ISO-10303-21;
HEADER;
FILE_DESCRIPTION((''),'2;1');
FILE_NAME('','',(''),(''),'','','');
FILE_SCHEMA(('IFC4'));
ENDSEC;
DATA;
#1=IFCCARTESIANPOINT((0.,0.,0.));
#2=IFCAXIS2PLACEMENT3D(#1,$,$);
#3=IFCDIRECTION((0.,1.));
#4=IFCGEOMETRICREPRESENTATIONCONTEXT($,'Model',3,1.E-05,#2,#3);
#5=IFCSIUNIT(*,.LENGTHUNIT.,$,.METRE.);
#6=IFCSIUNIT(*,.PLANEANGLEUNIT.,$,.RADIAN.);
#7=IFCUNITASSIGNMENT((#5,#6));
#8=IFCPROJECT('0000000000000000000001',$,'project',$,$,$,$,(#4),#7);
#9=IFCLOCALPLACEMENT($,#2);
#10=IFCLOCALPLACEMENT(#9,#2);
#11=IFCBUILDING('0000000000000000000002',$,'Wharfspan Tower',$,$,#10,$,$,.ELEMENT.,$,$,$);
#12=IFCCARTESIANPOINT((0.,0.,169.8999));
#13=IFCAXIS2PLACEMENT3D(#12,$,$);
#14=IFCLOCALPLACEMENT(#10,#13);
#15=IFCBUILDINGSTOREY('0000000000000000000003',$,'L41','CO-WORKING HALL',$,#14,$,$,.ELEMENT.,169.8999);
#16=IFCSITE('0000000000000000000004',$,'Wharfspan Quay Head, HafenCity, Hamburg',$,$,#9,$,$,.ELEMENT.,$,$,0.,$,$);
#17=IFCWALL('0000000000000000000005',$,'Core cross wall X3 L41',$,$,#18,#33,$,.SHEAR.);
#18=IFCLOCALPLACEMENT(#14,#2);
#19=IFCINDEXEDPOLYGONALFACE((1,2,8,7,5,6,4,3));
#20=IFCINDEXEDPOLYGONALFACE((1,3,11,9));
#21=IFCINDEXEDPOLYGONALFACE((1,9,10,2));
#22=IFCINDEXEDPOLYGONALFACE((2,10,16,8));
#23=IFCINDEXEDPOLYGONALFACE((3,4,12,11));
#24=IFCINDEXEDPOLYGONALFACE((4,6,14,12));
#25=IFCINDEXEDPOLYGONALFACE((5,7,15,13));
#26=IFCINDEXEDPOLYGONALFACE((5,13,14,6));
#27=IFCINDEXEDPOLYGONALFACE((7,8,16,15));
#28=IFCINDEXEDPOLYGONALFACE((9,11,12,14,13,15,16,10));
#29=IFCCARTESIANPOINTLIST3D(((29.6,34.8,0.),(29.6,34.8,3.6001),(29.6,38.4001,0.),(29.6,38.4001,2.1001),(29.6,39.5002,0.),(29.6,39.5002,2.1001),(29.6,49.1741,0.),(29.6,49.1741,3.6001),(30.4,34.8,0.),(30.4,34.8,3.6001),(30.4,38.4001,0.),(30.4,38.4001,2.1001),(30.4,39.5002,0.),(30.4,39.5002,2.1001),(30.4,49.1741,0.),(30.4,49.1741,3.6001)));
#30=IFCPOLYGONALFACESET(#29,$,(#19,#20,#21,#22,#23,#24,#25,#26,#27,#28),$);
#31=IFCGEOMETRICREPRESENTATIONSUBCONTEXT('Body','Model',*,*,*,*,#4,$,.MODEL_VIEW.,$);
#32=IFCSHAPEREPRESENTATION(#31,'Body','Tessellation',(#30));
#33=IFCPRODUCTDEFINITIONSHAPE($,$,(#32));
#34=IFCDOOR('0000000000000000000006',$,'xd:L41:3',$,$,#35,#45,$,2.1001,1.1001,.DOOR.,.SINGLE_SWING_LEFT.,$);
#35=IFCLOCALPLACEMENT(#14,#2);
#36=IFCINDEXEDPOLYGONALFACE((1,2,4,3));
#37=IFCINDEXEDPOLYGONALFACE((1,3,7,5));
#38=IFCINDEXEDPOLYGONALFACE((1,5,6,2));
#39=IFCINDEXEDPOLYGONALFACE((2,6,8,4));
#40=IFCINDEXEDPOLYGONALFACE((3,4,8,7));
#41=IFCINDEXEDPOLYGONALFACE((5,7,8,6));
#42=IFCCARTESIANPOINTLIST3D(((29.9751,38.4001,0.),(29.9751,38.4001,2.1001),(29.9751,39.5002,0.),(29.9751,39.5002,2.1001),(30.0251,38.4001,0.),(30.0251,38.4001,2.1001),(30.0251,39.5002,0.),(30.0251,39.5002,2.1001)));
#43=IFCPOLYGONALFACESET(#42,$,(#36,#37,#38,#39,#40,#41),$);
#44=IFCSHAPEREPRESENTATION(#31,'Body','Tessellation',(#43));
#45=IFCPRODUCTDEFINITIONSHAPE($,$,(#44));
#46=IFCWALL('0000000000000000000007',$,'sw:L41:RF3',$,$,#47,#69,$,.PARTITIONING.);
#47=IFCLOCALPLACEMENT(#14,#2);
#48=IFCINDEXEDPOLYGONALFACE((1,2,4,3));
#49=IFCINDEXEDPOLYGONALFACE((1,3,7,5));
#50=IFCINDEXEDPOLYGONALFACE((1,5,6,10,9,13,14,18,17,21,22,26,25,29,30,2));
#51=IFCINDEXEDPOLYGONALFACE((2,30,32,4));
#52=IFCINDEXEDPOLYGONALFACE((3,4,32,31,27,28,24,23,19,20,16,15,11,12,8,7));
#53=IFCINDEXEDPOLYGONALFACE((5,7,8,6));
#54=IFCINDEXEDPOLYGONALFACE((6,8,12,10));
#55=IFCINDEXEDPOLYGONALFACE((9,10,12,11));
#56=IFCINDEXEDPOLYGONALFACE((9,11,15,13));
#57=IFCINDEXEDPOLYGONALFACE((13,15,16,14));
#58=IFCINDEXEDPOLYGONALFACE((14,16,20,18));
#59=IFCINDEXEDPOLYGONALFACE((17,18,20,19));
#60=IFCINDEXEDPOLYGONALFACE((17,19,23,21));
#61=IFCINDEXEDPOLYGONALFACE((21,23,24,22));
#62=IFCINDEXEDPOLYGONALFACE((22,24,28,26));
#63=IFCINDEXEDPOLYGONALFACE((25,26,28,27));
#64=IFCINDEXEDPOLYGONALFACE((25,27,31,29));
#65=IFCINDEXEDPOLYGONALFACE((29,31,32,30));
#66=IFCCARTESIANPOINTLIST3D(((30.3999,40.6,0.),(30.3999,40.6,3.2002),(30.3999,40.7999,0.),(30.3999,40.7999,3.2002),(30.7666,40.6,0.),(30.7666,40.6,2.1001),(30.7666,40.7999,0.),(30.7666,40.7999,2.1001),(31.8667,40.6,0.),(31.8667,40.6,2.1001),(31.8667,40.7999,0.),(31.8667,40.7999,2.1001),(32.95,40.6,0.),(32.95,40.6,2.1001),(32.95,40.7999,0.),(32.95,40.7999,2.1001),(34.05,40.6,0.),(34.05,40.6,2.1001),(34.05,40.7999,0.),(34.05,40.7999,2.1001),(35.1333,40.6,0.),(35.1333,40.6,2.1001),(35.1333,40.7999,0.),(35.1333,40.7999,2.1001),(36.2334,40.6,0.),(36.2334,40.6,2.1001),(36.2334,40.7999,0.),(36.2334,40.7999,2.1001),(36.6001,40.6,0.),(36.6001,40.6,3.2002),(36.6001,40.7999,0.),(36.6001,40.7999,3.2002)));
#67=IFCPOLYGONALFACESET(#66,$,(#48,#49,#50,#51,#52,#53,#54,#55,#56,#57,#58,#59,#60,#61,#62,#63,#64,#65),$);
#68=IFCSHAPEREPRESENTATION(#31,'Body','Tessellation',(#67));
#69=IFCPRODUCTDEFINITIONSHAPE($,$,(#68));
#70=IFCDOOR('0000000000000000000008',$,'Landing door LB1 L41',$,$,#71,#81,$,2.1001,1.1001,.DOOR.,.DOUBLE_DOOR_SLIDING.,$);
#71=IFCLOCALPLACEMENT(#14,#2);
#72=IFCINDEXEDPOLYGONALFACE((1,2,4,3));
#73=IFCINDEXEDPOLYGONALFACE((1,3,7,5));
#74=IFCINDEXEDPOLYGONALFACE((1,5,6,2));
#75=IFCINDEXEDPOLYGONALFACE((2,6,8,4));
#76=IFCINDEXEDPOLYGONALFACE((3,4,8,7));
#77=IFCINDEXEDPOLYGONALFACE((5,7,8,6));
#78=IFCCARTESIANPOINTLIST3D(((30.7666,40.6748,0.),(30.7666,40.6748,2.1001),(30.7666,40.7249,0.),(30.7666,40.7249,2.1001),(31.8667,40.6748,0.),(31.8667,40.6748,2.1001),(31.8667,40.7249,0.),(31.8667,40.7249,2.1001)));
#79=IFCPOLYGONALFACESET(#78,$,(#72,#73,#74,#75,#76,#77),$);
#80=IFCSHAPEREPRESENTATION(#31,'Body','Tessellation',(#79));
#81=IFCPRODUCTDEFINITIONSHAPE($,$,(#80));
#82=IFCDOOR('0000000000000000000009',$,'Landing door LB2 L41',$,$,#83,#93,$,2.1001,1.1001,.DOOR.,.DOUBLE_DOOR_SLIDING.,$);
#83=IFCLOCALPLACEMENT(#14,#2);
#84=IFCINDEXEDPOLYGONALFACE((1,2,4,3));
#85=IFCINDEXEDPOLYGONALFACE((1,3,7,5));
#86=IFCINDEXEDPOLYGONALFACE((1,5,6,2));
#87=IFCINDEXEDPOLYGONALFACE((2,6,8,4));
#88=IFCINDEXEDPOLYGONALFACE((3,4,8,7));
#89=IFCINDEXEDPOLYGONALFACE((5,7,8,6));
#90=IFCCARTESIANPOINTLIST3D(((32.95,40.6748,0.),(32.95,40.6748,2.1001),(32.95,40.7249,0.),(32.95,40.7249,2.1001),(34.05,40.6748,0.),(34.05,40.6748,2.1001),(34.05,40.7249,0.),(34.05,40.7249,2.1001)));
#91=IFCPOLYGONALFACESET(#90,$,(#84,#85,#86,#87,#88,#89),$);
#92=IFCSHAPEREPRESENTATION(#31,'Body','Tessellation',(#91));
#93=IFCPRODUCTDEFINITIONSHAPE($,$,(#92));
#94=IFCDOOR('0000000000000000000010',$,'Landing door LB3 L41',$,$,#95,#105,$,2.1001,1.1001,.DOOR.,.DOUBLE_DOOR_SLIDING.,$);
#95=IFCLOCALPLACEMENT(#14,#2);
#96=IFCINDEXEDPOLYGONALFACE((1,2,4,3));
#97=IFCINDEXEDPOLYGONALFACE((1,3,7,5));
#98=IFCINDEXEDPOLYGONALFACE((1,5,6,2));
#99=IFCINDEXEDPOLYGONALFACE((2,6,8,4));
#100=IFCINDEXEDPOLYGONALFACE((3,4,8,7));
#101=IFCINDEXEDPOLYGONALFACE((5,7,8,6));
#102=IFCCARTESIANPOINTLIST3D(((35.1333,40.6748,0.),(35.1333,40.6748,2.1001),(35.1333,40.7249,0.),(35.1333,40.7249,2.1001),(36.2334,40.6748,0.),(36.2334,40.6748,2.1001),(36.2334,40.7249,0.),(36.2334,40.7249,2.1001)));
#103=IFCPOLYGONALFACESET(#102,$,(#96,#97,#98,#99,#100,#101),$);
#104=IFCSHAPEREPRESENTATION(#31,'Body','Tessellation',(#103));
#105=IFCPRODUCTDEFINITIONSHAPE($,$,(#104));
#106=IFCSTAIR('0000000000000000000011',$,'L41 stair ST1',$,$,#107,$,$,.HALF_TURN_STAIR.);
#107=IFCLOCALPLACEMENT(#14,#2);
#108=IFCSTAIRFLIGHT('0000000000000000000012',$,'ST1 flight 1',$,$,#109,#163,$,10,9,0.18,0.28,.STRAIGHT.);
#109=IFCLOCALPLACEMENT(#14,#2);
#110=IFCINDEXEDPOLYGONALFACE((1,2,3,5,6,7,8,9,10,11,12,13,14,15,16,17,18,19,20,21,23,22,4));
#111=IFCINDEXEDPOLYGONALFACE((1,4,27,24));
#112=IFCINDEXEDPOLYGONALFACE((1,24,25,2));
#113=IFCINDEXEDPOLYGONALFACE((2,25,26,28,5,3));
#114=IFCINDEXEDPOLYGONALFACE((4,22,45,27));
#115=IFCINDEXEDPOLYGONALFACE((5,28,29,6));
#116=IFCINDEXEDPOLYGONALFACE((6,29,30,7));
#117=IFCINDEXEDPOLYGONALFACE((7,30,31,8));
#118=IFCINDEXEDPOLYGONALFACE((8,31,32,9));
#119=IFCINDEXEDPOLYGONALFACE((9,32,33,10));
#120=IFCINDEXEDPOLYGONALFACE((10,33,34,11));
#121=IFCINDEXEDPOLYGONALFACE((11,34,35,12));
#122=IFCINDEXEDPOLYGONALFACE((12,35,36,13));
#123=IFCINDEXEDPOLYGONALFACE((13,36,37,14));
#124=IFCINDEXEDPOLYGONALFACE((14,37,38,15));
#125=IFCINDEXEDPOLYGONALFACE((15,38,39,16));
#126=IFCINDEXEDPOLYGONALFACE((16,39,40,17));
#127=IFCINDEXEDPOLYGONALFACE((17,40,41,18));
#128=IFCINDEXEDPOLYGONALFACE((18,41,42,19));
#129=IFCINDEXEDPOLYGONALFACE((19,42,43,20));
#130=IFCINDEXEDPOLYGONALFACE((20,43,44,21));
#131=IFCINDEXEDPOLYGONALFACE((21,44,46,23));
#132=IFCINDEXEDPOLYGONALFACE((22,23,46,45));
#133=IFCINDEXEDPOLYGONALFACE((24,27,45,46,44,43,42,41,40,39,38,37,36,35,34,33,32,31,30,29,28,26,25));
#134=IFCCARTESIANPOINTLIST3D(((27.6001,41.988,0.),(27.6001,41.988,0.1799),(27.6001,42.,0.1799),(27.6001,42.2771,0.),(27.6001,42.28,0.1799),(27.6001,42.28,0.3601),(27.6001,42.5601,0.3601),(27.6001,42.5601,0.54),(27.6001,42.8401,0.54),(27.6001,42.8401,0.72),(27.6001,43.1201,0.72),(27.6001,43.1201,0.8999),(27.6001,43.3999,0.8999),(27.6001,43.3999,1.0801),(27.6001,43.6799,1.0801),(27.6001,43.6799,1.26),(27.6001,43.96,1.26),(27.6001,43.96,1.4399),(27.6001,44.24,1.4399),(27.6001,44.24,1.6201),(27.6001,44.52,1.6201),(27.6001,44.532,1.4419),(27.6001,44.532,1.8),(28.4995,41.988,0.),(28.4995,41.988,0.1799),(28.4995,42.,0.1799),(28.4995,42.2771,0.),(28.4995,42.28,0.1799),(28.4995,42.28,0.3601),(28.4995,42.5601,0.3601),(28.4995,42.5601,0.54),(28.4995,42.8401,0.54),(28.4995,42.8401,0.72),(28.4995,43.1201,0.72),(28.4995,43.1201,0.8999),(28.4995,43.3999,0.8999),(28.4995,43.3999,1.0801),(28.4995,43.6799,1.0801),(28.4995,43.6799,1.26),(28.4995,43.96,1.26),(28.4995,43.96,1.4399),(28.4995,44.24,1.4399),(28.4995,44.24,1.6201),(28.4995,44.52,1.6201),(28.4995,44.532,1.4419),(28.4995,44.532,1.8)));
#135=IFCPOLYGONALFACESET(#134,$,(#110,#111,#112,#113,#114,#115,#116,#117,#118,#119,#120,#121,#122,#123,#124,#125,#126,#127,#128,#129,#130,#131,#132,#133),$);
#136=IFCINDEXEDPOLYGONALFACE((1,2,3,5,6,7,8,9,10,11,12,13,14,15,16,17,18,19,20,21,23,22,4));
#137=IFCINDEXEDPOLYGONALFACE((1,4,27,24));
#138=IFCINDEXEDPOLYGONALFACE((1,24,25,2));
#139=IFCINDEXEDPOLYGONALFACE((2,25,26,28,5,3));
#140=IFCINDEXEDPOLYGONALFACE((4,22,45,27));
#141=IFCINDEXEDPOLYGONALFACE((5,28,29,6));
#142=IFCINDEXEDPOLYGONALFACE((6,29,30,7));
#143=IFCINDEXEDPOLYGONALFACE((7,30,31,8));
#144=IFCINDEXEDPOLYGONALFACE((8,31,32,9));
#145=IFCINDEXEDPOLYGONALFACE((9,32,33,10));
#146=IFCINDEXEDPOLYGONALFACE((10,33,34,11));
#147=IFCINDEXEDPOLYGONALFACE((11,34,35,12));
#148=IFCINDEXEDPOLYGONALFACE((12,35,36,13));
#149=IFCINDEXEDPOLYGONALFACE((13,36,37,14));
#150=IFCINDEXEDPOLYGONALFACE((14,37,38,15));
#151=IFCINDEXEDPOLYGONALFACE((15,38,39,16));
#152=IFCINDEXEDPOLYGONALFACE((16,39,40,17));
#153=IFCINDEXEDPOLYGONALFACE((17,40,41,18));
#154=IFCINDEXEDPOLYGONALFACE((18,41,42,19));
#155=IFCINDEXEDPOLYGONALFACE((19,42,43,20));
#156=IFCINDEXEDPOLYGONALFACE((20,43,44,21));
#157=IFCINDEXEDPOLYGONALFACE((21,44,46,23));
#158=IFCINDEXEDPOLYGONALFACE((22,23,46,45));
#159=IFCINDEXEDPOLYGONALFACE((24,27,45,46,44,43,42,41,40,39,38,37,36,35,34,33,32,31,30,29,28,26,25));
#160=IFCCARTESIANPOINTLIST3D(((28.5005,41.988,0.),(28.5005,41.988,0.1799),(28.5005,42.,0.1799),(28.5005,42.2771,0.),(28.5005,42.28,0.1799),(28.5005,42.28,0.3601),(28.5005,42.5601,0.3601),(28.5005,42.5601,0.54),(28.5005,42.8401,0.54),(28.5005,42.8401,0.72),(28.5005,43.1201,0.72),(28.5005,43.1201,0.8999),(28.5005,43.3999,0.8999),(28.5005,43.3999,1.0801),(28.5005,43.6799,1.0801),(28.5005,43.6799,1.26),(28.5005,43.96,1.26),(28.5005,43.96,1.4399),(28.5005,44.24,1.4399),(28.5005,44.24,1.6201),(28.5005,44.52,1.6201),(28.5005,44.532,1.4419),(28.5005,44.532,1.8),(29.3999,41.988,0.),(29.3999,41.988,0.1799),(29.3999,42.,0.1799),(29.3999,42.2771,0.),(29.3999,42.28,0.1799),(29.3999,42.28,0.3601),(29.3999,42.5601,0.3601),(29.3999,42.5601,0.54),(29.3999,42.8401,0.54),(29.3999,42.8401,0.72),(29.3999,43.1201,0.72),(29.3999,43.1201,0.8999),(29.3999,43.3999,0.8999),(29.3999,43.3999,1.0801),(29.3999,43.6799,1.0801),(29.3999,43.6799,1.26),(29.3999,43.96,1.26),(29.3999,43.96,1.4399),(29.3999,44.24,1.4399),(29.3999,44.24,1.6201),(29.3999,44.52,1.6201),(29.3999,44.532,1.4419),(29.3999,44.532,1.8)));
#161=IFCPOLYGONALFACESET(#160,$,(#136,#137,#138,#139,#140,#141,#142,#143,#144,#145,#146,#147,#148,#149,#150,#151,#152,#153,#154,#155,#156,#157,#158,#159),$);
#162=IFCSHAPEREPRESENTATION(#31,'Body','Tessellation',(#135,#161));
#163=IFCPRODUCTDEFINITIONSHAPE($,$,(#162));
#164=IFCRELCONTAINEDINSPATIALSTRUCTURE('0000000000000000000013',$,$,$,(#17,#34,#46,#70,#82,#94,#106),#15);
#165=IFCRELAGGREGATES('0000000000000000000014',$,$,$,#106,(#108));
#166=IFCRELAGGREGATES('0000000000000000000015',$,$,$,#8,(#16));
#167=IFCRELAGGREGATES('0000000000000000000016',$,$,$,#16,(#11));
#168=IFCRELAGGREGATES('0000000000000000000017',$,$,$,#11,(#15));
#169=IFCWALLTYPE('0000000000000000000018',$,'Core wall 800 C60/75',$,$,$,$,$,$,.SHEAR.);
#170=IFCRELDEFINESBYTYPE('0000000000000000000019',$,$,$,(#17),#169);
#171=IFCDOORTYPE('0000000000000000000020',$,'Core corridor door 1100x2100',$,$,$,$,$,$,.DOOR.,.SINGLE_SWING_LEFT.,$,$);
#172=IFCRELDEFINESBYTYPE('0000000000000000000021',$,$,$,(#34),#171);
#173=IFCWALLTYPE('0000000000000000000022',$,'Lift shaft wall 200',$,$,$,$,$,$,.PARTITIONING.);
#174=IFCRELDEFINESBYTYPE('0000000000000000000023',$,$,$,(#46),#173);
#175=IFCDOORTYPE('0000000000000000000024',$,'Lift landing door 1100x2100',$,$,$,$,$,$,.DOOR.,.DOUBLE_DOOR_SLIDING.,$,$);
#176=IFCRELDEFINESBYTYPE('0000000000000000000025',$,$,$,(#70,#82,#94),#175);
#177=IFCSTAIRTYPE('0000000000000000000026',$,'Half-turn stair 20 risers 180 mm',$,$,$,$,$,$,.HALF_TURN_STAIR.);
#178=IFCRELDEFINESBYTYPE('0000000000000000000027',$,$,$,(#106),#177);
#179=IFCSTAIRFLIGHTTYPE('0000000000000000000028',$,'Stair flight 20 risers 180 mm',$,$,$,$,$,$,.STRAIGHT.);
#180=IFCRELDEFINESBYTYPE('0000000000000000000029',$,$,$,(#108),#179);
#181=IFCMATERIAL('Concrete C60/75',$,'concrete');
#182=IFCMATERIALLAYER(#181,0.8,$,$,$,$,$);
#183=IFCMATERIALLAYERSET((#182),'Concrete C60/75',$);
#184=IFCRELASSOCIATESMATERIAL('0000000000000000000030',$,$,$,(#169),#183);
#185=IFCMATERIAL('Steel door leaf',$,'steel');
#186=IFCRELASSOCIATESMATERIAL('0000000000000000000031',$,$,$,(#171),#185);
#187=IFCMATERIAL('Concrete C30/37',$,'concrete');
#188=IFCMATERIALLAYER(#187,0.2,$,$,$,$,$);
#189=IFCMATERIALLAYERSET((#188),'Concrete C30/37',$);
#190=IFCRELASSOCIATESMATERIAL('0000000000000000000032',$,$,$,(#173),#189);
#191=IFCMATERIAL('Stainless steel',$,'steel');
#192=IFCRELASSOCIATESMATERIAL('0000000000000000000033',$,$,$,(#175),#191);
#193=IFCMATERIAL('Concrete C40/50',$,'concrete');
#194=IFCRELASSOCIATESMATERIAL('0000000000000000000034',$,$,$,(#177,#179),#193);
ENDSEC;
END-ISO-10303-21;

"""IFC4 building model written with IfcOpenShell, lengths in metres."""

from ifc_helpers import new_model, si_unit, direction, frame, frame_2d, origin, place, context, subcontext, project, spatial, polyline, rectangle, outline, extrude, material, layer, layer_set, type_object, element, fill, aggregate, save


model = new_model("IFC4")

# Units and contexts
model_context = context("Model", 3, precision=1e-05, world=origin(), true_north=direction((0.0, 1.0)))
body_context = subcontext(model_context, "Body", "Model", "MODEL_VIEW")
ifc_project = project(units=[si_unit("LENGTHUNIT", "METRE"), si_unit("PLANEANGLEUNIT", "RADIAN")], contexts=[model_context])

# Site, building, storey
site_placement = place(None, origin())
site = spatial("IfcSite", under=ifc_project, at=site_placement, Name="Wharfspan Quay Head, HafenCity, Hamburg", CompositionType="ELEMENT", RefElevation=0.0)
building_placement = place(site_placement, origin())
building = spatial("IfcBuilding", under=site, at=building_placement, Name="Wharfspan Tower", CompositionType="ELEMENT")
storey_placement = place(building_placement, frame((0.0, 0.0, 169.8999)))
storey = spatial("IfcBuildingStorey", under=building, at=storey_placement, Name="L41", Description="CO-WORKING HALL", CompositionType="ELEMENT", Elevation=169.8999)

# Wall, opening, door
ifc_material_1 = material(Name="Concrete C60/75", Category="concrete")
ifc_layer_1 = layer(ifc_material_1, 0.8)
ifc_layer_set_1 = layer_set([ifc_layer_1], Name="Concrete C60/75")
wall_type_1 = type_object("IfcWallType", Name="Core wall 800 C60/75", PredefinedType="SHEAR", material=ifc_layer_set_1)
wall_1_placement = place(storey_placement, frame((30.0, 34.8, 0.0), z_axis=(0.0, 0.0, 1.0), x_axis=(0.0, 1.0, 0.0)))
wall_1 = element("IfcWall", 1, at=wall_1_placement, inside=storey, type_object=wall_type_1, Name="Core cross wall X3 L41", PredefinedType="SHEAR", context=body_context, shape_type="SweptSolid", body=[
    extrude(rectangle(XDim=14.374, YDim=0.8, at=frame_2d((7.187, 0.0))), origin(), (0.0, 0.0, 1.0), 3.6001),
])
opening_1_placement = place(wall_1_placement, frame((3.6001, 0.0, 0.0)))
opening_1 = element("IfcOpeningElement", 2, at=opening_1_placement, cuts=wall_1, PredefinedType="OPENING", context=body_context, shape_type="SweptSolid", body=[
    extrude(rectangle(XDim=1.1001, YDim=2.1001, at=frame_2d((0.55, 1.05))), frame((0.0, 0.4099, 0.0), z_axis=(0.0, -1.0, 0.0), x_axis=(1.0, 0.0, 0.0)), (0.0, 0.0, 1.0), 0.8201),
])
ifc_material_2 = material(Name="Steel door leaf", Category="steel")
door_type_1 = type_object("IfcDoorType", Name="Core corridor door 1100x2100", OperationType="SINGLE_SWING_LEFT", PredefinedType="DOOR", material=ifc_material_2)
door_1_placement = place(opening_1_placement, origin())
door_1 = element("IfcDoor", 3, at=door_1_placement, inside=storey, type_object=door_type_1, Name="xd:L41:3", OperationType="SINGLE_SWING_LEFT", OverallHeight=2.1001, OverallWidth=1.1001, PredefinedType="DOOR", context=body_context, shape_type="SweptSolid", body=[
    extrude(rectangle(XDim=1.1001, YDim=2.1001, at=frame_2d((0.55, 1.05))), frame((0.0, 0.0249, 0.0), z_axis=(0.0, -1.0, 0.0), x_axis=(1.0, 0.0, 0.0)), (0.0, 0.0, 1.0), 0.05),
])
fill(opening_1, door_1)

# Wall, openings, doors
ifc_material_3 = material(Name="Concrete C30/37", Category="concrete")
ifc_layer_2 = layer(ifc_material_3, 0.2)
ifc_layer_set_2 = layer_set([ifc_layer_2], Name="Concrete C30/37")
wall_type_2 = type_object("IfcWallType", Name="Lift shaft wall 200", PredefinedType="PARTITIONING", material=ifc_layer_set_2)
wall_2_placement = place(storey_placement, frame((30.3999, 40.7, 0.0), z_axis=(0.0, 0.0, 1.0), x_axis=(1.0, 0.0, 0.0)))
wall_2 = element("IfcWall", 4, at=wall_2_placement, inside=storey, type_object=wall_type_2, Name="sw:L41:RF3", PredefinedType="PARTITIONING", context=body_context, shape_type="SweptSolid", body=[
    extrude(rectangle(XDim=6.2002, YDim=0.2, at=frame_2d((3.1001, 0.0))), origin(), (0.0, 0.0, 1.0), 3.2002),
])
opening_2_placement = place(wall_2_placement, frame((0.3667, 0.0, 0.0)))
opening_2 = element("IfcOpeningElement", 5, at=opening_2_placement, cuts=wall_2, PredefinedType="OPENING", context=body_context, shape_type="SweptSolid", body=[
    extrude(rectangle(XDim=1.1001, YDim=2.1001, at=frame_2d((0.55, 1.05))), frame((0.0, 0.1099, 0.0), z_axis=(0.0, -1.0, 0.0), x_axis=(1.0, 0.0, 0.0)), (0.0, 0.0, 1.0), 0.22),
])
opening_3_placement = place(wall_2_placement, frame((2.55, 0.0, 0.0)))
opening_3 = element("IfcOpeningElement", 6, at=opening_3_placement, cuts=wall_2, PredefinedType="OPENING", context=body_context, shape_type="SweptSolid", body=[
    extrude(rectangle(XDim=1.1001, YDim=2.1001, at=frame_2d((0.55, 1.05))), frame((0.0, 0.1099, 0.0), z_axis=(0.0, -1.0, 0.0), x_axis=(1.0, 0.0, 0.0)), (0.0, 0.0, 1.0), 0.22),
])
opening_4_placement = place(wall_2_placement, frame((4.7334, 0.0, 0.0)))
opening_4 = element("IfcOpeningElement", 7, at=opening_4_placement, cuts=wall_2, PredefinedType="OPENING", context=body_context, shape_type="SweptSolid", body=[
    extrude(rectangle(XDim=1.1001, YDim=2.1001, at=frame_2d((0.55, 1.05))), frame((0.0, 0.1099, 0.0), z_axis=(0.0, -1.0, 0.0), x_axis=(1.0, 0.0, 0.0)), (0.0, 0.0, 1.0), 0.22),
])
ifc_material_4 = material(Name="Stainless steel", Category="steel")
door_type_2 = type_object("IfcDoorType", Name="Lift landing door 1100x2100", OperationType="DOUBLE_DOOR_SLIDING", PredefinedType="DOOR", material=ifc_material_4)
door_2_placement = place(opening_2_placement, origin())
door_2 = element("IfcDoor", 8, at=door_2_placement, inside=storey, type_object=door_type_2, Name="Landing door LB1 L41", OperationType="DOUBLE_DOOR_SLIDING", OverallHeight=2.1001, OverallWidth=1.1001, PredefinedType="DOOR", context=body_context, shape_type="SweptSolid", body=[
    extrude(rectangle(XDim=1.1001, YDim=2.1001, at=frame_2d((0.55, 1.05))), frame((0.0, 0.0249, 0.0), z_axis=(0.0, -1.0, 0.0), x_axis=(1.0, 0.0, 0.0)), (0.0, 0.0, 1.0), 0.05),
])
fill(opening_2, door_2)
door_3_placement = place(opening_3_placement, origin())
door_3 = element("IfcDoor", 9, at=door_3_placement, inside=storey, type_object=door_type_2, Name="Landing door LB2 L41", OperationType="DOUBLE_DOOR_SLIDING", OverallHeight=2.1001, OverallWidth=1.1001, PredefinedType="DOOR", context=body_context, shape_type="SweptSolid", body=[
    extrude(rectangle(XDim=1.1001, YDim=2.1001, at=frame_2d((0.55, 1.05))), frame((0.0, 0.0249, 0.0), z_axis=(0.0, -1.0, 0.0), x_axis=(1.0, 0.0, 0.0)), (0.0, 0.0, 1.0), 0.05),
])
fill(opening_3, door_3)
door_4_placement = place(opening_4_placement, origin())
door_4 = element("IfcDoor", 10, at=door_4_placement, inside=storey, type_object=door_type_2, Name="Landing door LB3 L41", OperationType="DOUBLE_DOOR_SLIDING", OverallHeight=2.1001, OverallWidth=1.1001, PredefinedType="DOOR", context=body_context, shape_type="SweptSolid", body=[
    extrude(rectangle(XDim=1.1001, YDim=2.1001, at=frame_2d((0.55, 1.05))), frame((0.0, 0.0249, 0.0), z_axis=(0.0, -1.0, 0.0), x_axis=(1.0, 0.0, 0.0)), (0.0, 0.0, 1.0), 0.05),
])
fill(opening_4, door_4)

# Stair, stair flight
ifc_material_5 = material(Name="Concrete C40/50", Category="concrete")
stair_type = type_object("IfcStairType", Name="Half-turn stair 20 risers 180 mm", PredefinedType="HALF_TURN_STAIR", material=ifc_material_5)
stair_placement = place(storey_placement, origin())
stair = element("IfcStair", 11, at=stair_placement, inside=storey, type_object=stair_type, Name="L41 stair ST1", PredefinedType="HALF_TURN_STAIR")
stair_flight_type = type_object("IfcStairFlightType", Name="Stair flight 20 risers 180 mm", PredefinedType="STRAIGHT", material=ifc_material_5)
stair_flight_1_placement = place(storey_placement, frame((28.5, 42.0, 0.0), z_axis=(0.0, 0.0, 1.0), x_axis=(0.0, 1.0, 0.0)))
stair_flight_1 = element("IfcStairFlight", 12, at=stair_flight_1_placement, type_object=stair_flight_type, Name="ST1 flight 1", NumberOfRisers=10, NumberOfTreads=9, PredefinedType="STRAIGHT", RiserHeight=0.18, TreadLength=0.28, context=body_context, shape_type="SweptSolid", body=[
    extrude(outline(polyline([(-0.012, 0.0), (-0.012, 0.1799), (0.0, 0.1799), (0.28, 0.1799), (0.28, 0.3601), (0.5601, 0.3601), (0.5601, 0.54), (0.8401, 0.54), (0.8401, 0.72), (1.1201, 0.72), (1.1201, 0.8999), (1.3999, 0.8999), (1.3999, 1.0801), (1.6799, 1.0801), (1.6799, 1.26), (1.96, 1.26), (1.96, 1.4399), (2.24, 1.4399), (2.24, 1.6201), (2.52, 1.6201), (2.532, 1.8), (2.532, 1.4419), (0.2771, 0.0), (-0.012, 0.0)])), frame((0.0, 0.8999, 0.0), z_axis=(0.0, -1.0, 0.0), x_axis=(1.0, 0.0, 0.0)), (0.0, 0.0, 1.0), 0.8994),
    extrude(outline(polyline([(-0.012, 0.0), (-0.012, 0.1799), (0.0, 0.1799), (0.28, 0.1799), (0.28, 0.3601), (0.5601, 0.3601), (0.5601, 0.54), (0.8401, 0.54), (0.8401, 0.72), (1.1201, 0.72), (1.1201, 0.8999), (1.3999, 0.8999), (1.3999, 1.0801), (1.6799, 1.0801), (1.6799, 1.26), (1.96, 1.26), (1.96, 1.4399), (2.24, 1.4399), (2.24, 1.6201), (2.52, 1.6201), (2.532, 1.8), (2.532, 1.4419), (0.2771, 0.0), (-0.012, 0.0)])), frame((0.0, -0.0005, 0.0), z_axis=(0.0, -1.0, 0.0), x_axis=(1.0, 0.0, 0.0)), (0.0, 0.0, 1.0), 0.8994),
])
aggregate(stair, [stair_flight_1])

save(model, "model.ifc")
